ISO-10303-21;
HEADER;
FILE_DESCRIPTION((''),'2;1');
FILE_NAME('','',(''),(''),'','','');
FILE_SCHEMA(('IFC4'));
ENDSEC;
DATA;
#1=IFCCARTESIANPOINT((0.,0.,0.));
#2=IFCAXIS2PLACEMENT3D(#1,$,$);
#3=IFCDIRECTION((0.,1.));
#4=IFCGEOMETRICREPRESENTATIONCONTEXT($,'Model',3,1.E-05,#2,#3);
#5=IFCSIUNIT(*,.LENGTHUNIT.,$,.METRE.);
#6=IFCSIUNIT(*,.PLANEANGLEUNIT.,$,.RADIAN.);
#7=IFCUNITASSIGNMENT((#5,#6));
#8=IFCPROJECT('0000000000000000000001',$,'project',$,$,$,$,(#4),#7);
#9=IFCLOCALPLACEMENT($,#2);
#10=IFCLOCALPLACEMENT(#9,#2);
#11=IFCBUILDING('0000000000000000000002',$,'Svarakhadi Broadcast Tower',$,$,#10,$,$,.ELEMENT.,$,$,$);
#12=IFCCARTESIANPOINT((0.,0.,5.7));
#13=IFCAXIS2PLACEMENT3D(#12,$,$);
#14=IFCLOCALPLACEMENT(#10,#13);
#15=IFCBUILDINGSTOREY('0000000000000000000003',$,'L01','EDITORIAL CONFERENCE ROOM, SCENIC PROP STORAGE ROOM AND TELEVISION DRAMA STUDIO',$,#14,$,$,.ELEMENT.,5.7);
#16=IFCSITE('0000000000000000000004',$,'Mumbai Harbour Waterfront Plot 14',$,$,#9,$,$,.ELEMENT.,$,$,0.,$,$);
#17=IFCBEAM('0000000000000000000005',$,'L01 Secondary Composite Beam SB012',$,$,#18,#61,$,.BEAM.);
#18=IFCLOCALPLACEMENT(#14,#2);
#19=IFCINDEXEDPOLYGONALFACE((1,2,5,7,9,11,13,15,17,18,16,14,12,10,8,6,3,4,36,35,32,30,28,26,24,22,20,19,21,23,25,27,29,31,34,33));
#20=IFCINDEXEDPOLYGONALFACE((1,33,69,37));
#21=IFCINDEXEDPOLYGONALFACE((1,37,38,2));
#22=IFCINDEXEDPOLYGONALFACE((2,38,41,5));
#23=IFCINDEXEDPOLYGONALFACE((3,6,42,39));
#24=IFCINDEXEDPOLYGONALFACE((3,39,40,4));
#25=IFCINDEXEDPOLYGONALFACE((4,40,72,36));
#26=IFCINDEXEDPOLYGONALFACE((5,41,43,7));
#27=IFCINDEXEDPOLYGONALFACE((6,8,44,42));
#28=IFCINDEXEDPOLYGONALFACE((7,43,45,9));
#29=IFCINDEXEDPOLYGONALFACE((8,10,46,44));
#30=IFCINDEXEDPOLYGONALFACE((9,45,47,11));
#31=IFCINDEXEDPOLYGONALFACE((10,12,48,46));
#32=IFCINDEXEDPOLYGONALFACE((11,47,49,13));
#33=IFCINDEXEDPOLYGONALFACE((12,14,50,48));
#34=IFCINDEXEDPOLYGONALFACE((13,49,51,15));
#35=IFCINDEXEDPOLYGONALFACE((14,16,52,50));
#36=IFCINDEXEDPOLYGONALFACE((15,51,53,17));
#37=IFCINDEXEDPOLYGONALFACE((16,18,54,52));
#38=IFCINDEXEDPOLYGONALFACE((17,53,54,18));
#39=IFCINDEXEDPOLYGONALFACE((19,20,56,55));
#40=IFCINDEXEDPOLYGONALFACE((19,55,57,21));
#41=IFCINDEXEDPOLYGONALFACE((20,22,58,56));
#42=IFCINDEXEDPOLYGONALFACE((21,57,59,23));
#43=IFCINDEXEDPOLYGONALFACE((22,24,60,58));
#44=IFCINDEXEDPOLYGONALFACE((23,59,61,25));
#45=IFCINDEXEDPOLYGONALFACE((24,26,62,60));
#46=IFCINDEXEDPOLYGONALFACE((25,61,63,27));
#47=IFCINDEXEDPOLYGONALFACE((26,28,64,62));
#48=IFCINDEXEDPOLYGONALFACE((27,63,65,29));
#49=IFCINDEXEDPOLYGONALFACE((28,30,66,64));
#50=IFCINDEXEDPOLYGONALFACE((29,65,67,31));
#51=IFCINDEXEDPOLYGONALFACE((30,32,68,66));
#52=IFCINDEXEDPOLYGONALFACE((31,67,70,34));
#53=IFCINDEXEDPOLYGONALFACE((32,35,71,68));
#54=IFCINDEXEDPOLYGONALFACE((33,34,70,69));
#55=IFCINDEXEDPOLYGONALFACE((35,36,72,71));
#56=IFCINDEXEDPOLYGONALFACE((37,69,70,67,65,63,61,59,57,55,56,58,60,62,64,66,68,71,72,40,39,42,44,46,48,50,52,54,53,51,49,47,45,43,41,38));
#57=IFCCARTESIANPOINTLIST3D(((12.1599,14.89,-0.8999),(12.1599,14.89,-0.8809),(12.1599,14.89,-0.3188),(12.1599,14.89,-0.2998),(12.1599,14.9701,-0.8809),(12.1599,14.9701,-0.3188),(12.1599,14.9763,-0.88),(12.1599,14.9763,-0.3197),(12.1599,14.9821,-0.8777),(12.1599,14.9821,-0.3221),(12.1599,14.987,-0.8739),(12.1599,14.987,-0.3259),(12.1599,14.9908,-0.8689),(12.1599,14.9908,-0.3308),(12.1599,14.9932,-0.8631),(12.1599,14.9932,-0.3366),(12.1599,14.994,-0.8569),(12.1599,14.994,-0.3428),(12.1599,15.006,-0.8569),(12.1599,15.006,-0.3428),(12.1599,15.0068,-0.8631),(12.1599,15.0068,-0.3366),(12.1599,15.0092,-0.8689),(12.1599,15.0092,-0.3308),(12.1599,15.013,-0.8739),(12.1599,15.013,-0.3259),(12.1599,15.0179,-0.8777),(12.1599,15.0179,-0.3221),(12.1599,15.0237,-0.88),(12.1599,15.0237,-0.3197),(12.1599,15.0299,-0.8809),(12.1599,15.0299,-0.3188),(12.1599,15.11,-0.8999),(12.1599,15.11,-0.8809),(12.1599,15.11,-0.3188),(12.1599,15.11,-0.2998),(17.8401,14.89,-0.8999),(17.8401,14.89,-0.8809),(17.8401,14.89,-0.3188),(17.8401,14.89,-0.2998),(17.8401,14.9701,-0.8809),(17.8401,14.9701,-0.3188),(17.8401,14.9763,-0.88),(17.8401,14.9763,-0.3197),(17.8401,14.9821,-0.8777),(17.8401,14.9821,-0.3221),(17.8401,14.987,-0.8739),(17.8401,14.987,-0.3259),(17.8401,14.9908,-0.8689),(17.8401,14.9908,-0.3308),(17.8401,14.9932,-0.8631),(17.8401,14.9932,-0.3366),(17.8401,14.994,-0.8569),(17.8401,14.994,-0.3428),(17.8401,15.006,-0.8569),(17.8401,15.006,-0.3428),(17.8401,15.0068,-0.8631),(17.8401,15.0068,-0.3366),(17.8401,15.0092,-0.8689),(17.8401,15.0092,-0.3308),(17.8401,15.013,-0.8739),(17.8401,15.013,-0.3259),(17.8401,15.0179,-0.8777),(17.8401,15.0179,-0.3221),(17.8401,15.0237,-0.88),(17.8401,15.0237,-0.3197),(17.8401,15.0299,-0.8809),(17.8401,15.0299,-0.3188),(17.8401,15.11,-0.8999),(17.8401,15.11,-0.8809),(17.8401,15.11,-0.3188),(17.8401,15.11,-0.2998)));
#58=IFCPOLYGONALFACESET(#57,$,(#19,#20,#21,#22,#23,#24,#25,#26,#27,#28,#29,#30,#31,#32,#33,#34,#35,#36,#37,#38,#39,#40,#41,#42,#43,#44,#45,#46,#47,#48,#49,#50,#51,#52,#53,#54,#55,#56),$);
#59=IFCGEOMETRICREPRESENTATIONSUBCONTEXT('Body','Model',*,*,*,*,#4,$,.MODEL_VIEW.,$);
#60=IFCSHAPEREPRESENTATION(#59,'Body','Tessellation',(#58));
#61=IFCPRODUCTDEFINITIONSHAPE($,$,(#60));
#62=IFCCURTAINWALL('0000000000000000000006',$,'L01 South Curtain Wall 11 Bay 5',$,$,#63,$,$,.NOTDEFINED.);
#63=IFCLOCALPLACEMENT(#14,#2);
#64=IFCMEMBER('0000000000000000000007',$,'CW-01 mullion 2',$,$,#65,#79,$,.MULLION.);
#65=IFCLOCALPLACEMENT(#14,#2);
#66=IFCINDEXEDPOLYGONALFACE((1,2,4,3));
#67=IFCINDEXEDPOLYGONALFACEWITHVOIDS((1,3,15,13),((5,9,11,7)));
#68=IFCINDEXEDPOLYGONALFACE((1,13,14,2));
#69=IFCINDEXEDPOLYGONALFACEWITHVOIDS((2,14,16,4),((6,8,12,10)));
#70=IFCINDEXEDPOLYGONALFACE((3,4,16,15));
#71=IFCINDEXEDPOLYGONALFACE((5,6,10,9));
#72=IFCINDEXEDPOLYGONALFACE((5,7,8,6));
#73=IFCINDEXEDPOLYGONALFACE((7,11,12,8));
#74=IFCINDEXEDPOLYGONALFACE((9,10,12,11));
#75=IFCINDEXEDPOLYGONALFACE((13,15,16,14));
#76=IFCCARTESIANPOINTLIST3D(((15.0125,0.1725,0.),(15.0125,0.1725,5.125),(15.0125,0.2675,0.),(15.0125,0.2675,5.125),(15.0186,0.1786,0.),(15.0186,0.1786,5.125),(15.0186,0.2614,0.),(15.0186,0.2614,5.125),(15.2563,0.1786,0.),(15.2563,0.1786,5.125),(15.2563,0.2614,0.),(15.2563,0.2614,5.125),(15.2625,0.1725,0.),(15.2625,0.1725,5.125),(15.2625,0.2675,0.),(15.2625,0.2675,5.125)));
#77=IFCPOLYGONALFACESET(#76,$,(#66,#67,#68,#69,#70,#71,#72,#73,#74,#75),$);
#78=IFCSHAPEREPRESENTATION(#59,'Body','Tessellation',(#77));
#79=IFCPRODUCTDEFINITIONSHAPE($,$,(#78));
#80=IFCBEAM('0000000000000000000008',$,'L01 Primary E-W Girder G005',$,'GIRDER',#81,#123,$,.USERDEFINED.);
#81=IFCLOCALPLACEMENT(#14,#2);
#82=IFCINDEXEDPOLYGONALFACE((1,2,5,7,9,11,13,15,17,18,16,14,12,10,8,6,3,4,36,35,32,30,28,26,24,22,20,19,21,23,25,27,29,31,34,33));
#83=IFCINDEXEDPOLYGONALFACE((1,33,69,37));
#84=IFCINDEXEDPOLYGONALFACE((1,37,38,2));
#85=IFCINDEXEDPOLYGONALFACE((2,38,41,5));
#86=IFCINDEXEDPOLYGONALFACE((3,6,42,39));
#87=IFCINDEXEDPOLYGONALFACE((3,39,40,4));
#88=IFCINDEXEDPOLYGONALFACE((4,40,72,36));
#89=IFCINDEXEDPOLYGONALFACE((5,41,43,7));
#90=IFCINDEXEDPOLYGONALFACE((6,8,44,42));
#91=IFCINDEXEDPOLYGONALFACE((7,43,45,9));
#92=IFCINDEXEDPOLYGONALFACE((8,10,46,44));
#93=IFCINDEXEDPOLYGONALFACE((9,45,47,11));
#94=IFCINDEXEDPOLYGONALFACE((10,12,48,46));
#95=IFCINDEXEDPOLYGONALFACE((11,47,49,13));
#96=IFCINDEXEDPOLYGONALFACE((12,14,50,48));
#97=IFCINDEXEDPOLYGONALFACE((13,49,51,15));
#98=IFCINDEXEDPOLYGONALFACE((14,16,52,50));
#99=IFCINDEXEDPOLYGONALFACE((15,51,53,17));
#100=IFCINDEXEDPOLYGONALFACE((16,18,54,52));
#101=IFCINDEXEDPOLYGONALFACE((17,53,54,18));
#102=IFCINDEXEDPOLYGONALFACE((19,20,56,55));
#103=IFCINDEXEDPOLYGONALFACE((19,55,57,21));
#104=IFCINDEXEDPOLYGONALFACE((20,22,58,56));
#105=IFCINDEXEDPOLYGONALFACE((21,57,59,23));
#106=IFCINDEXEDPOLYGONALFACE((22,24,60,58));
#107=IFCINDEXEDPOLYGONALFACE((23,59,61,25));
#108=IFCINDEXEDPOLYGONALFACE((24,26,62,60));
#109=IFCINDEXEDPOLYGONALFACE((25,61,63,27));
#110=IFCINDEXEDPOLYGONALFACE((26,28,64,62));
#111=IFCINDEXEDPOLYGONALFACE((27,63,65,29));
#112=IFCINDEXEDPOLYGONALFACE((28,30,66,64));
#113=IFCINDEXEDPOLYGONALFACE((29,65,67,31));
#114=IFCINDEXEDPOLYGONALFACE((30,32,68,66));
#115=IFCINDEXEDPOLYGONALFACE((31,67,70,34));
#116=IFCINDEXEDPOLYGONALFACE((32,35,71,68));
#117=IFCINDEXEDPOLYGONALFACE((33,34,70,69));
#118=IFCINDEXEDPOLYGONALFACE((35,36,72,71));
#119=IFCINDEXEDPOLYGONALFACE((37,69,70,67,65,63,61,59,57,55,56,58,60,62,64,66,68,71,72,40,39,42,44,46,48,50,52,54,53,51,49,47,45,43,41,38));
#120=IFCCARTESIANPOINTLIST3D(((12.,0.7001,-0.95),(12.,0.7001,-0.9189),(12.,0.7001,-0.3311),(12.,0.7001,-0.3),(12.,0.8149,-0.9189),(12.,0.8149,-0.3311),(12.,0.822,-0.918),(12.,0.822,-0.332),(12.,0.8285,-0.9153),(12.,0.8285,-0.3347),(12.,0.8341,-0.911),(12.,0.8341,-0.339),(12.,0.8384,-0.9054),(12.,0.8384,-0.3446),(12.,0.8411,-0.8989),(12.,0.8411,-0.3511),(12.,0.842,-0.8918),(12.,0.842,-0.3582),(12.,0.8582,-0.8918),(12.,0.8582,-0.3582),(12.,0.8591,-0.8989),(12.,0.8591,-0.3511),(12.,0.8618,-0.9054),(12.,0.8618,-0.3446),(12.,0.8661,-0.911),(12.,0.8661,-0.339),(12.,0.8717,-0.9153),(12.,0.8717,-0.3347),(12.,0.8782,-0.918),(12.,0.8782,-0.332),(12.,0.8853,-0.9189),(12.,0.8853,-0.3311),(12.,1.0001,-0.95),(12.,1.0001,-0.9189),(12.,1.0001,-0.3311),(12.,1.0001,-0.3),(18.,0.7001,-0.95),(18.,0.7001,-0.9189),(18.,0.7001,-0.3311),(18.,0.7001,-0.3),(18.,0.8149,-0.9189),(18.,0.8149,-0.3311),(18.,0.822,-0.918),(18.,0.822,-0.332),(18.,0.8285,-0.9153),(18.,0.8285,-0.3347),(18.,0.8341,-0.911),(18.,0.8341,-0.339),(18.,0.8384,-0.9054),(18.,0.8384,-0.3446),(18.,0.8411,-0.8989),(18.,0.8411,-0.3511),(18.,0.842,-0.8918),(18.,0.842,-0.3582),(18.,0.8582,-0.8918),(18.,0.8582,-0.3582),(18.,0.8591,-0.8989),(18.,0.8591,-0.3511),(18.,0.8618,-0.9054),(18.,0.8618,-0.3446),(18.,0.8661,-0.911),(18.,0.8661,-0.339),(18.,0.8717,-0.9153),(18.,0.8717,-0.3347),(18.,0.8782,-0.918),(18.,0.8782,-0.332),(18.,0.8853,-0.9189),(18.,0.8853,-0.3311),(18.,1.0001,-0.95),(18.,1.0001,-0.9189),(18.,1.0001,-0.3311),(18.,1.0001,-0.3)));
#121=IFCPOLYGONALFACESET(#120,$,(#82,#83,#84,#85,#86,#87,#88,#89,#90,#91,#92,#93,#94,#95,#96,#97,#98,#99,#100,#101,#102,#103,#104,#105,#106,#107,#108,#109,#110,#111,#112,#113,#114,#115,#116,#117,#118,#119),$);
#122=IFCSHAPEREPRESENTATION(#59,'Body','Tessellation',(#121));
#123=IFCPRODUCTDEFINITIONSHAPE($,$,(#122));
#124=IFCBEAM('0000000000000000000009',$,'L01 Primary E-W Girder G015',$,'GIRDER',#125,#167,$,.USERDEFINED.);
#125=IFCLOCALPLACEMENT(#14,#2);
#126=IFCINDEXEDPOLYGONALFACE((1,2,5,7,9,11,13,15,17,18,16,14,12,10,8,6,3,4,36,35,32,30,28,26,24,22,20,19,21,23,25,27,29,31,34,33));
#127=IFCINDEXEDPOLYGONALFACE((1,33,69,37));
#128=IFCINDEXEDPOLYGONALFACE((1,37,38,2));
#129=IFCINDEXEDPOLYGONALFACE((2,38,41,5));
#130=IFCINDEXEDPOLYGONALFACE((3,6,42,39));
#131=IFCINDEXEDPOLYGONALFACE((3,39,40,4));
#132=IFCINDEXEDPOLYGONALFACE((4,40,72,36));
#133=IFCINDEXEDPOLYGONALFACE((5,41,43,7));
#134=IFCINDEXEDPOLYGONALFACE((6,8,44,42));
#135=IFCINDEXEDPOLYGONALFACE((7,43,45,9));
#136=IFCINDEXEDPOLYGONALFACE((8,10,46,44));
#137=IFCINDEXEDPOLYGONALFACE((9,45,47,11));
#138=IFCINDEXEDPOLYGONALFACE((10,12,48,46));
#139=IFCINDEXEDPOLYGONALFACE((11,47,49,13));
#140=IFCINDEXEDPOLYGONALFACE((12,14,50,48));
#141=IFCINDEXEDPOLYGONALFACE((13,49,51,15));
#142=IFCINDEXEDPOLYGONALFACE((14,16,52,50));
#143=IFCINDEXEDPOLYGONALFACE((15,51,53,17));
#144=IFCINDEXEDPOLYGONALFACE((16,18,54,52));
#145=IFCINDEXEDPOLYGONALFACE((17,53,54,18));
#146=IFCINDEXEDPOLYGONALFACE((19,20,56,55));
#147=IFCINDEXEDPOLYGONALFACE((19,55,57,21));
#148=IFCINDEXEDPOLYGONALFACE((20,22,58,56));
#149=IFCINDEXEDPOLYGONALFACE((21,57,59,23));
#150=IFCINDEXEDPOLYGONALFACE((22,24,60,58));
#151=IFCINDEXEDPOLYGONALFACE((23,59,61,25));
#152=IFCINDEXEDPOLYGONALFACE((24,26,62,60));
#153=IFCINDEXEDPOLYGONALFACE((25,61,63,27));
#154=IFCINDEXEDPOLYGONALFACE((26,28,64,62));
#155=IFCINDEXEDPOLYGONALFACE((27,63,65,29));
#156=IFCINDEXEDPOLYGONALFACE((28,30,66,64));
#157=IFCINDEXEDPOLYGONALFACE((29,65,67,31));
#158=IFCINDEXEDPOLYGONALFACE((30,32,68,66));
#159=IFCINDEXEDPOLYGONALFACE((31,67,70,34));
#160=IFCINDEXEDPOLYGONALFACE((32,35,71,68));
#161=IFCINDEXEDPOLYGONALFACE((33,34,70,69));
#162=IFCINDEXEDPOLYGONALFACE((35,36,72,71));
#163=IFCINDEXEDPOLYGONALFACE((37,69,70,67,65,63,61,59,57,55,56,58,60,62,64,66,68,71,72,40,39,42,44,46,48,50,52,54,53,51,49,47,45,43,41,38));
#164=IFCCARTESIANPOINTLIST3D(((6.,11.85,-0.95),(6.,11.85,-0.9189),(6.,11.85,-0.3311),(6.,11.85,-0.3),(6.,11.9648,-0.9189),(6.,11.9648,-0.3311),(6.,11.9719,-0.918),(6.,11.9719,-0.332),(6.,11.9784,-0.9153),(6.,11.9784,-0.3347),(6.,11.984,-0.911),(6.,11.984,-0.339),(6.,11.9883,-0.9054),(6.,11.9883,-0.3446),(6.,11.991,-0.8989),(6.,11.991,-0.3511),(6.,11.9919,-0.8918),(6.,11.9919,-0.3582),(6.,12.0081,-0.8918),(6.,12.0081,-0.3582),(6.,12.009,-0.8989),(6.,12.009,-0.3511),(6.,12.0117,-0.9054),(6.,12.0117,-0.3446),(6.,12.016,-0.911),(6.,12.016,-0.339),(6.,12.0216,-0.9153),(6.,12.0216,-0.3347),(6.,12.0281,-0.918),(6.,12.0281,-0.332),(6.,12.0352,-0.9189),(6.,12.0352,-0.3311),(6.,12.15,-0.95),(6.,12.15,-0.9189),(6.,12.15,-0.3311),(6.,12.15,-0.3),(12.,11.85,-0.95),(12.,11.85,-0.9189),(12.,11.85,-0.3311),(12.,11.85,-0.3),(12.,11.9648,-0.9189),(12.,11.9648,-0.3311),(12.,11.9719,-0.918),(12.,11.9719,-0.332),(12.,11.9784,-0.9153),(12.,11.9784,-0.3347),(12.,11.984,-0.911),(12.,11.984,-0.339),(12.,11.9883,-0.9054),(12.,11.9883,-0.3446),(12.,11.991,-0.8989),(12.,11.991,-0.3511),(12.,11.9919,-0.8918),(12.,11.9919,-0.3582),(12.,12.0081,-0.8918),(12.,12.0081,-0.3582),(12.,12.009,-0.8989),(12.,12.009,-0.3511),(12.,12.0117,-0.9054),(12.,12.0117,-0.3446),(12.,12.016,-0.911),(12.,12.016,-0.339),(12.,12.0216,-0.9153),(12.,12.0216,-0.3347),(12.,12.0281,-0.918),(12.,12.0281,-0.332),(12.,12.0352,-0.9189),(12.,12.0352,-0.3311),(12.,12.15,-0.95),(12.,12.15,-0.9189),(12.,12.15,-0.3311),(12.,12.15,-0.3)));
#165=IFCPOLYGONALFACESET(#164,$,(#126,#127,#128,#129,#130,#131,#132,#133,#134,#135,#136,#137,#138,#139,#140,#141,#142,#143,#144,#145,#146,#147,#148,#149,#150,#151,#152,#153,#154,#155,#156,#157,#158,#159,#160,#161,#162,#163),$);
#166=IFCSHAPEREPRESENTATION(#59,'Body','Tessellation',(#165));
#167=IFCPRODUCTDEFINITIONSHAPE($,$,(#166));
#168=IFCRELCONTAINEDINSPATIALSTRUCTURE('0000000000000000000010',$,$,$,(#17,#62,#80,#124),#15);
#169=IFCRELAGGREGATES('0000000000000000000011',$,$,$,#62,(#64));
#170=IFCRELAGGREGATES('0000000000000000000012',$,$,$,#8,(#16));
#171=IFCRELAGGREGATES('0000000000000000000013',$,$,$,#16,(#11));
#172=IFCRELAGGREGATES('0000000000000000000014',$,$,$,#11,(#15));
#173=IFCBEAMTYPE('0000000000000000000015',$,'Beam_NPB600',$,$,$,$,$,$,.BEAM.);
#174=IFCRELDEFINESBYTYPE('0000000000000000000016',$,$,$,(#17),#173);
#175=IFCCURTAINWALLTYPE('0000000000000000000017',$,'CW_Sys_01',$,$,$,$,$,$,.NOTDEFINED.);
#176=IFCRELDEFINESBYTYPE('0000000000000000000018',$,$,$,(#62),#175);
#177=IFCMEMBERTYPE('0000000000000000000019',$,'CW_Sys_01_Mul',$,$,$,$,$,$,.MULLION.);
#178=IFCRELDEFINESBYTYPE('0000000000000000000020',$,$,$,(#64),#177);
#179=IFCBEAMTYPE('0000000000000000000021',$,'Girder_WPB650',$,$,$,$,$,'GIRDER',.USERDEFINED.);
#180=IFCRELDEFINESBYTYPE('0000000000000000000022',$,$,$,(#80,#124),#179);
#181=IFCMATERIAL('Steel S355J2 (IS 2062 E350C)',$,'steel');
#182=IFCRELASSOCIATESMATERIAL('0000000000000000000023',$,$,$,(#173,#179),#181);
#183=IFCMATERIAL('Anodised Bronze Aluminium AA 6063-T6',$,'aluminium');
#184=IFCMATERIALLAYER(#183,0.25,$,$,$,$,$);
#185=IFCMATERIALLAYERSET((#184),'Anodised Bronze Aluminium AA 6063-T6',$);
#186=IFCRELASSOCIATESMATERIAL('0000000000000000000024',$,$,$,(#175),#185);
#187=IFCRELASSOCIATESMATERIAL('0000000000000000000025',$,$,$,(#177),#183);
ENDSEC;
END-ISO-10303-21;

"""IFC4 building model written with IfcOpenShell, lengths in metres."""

from ifc_helpers import new_model, si_unit, direction, frame, origin, origin_2d, place, context, subcontext, project, spatial, hollow_rectangle, i_section, extrude, material, layer, layer_set, material_profile, profile_set, type_object, element, aggregate, save


model = new_model("IFC4")

# Units and contexts
model_context = context("Model", 3, precision=1e-05, world=origin(), true_north=direction((0.0, 1.0)))
body_context = subcontext(model_context, "Body", "Model", "MODEL_VIEW")
ifc_project = project(units=[si_unit("LENGTHUNIT", "METRE"), si_unit("PLANEANGLEUNIT", "RADIAN")], contexts=[model_context])

# Site, building, storey
site_placement = place(None, origin())
site = spatial("IfcSite", under=ifc_project, at=site_placement, Name="Mumbai Harbour Waterfront Plot 14", CompositionType="ELEMENT", RefElevation=0.0)
building_placement = place(site_placement, origin())
building = spatial("IfcBuilding", under=site, at=building_placement, Name="Svarakhadi Broadcast Tower", CompositionType="ELEMENT")
storey_placement = place(building_placement, frame((0.0, 0.0, 5.7)))
storey = spatial("IfcBuildingStorey", under=building, at=storey_placement, Name="L01", Description="EDITORIAL CONFERENCE ROOM, SCENIC PROP STORAGE ROOM AND TELEVISION DRAMA STUDIO", CompositionType="ELEMENT", Elevation=5.7)

# Beam
ifc_material_1 = material(Name="Steel S355J2 (IS 2062 E350C)", Category="steel")
ifc_material_profile_1 = material_profile(ifc_material_1, i_section(OverallWidth=0.22, OverallDepth=0.6001, WebThickness=0.012, FlangeThickness=0.019, FilletRadius=0.0239, at=origin_2d()), Name="NPB 600x220x122")
ifc_profile_set_1 = profile_set([ifc_material_profile_1], Name="Steel S355J2 (IS 2062 E350C)")
beam_type_1 = type_object("IfcBeamType", Name="Beam_NPB600", PredefinedType="BEAM", material=ifc_profile_set_1)
for number, where, z_axis, x_axis, name in (
    (1, (12.1599, 15.0, -0.5999), (1.0, 0.0, 0.0), (0.0, 1.0, 0.0), "L01 Secondary Composite Beam SB012"),
):
    element("IfcBeam", number, at=place(storey_placement, frame(where, z_axis=z_axis, x_axis=x_axis)), inside=storey, type_object=beam_type_1, Name=name, PredefinedType="BEAM", context=body_context, shape_type="SweptSolid", body=[
        extrude(i_section(OverallWidth=0.22, OverallDepth=0.6001, WebThickness=0.012, FlangeThickness=0.019, FilletRadius=0.0239, at=origin_2d()), origin(), (0.0, 0.0, 1.0), 5.6802),
    ])

# Curtain wall, member
ifc_material_2 = material(Name="Anodised Bronze Aluminium AA 6063-T6", Category="aluminium")
ifc_layer_1 = layer(ifc_material_2, 0.25)
ifc_layer_set_1 = layer_set([ifc_layer_1], Name="Anodised Bronze Aluminium AA 6063-T6")
curtain_wall_type = type_object("IfcCurtainWallType", Name="CW_Sys_01", PredefinedType="NOTDEFINED", material=ifc_layer_set_1)
curtain_wall_placement = place(storey_placement, origin())
curtain_wall = element("IfcCurtainWall", 2, at=curtain_wall_placement, inside=storey, type_object=curtain_wall_type, Name="L01 South Curtain Wall 11 Bay 5", PredefinedType="NOTDEFINED")
ifc_material_profile_2 = material_profile(ifc_material_2, hollow_rectangle(XDim=0.095, YDim=0.25, WallThickness=0.0061, at=origin_2d()), Name="ALU MULLION 250x95x6")
ifc_profile_set_2 = profile_set([ifc_material_profile_2], Name="Anodised Bronze Aluminium AA 6063-T6")
member_type = type_object("IfcMemberType", Name="CW_Sys_01_Mul", PredefinedType="MULLION", material=ifc_profile_set_2)
member_placement = place(storey_placement, frame((15.1375, 0.22, 0.0), z_axis=(0.0, 0.0, 1.0), x_axis=(0.0, -1.0, 0.0)))
member = element("IfcMember", 3, at=member_placement, type_object=member_type, Name="CW-01 mullion 2", PredefinedType="MULLION", context=body_context, shape_type="SweptSolid", body=[
    extrude(hollow_rectangle(XDim=0.095, YDim=0.25, WallThickness=0.0061, at=origin_2d()), origin(), (0.0, 0.0, 1.0), 5.125),
])
aggregate(curtain_wall, [member])

# Beams
ifc_material_profile_3 = material_profile(ifc_material_1, i_section(OverallWidth=0.3, OverallDepth=0.6499, WebThickness=0.0161, FlangeThickness=0.031, FilletRadius=0.0271, at=origin_2d()), Name="WPB 650x300x225")
ifc_profile_set_3 = profile_set([ifc_material_profile_3], Name="Steel S355J2 (IS 2062 E350C)")
beam_type_2 = type_object("IfcBeamType", Name="Girder_WPB650", ElementType="GIRDER", PredefinedType="USERDEFINED", material=ifc_profile_set_3)
for number, where, z_axis, x_axis, name in (
    (4, (12.0, 0.8501, -0.625), (1.0, 0.0, 0.0), (0.0, 1.0, 0.0), "L01 Primary E-W Girder G005"),
    (5, (6.0, 12.0, -0.625), (1.0, 0.0, 0.0), (0.0, 1.0, 0.0), "L01 Primary E-W Girder G015"),
):
    element("IfcBeam", number, at=place(storey_placement, frame(where, z_axis=z_axis, x_axis=x_axis)), inside=storey, type_object=beam_type_2, Name=name, ObjectType="GIRDER", PredefinedType="USERDEFINED", context=body_context, shape_type="SweptSolid", body=[
        extrude(i_section(OverallWidth=0.3, OverallDepth=0.6499, WebThickness=0.0161, FlangeThickness=0.031, FilletRadius=0.0271, at=origin_2d()), origin(), (0.0, 0.0, 1.0), 6.0),
    ])

save(model, "model.ifc")
